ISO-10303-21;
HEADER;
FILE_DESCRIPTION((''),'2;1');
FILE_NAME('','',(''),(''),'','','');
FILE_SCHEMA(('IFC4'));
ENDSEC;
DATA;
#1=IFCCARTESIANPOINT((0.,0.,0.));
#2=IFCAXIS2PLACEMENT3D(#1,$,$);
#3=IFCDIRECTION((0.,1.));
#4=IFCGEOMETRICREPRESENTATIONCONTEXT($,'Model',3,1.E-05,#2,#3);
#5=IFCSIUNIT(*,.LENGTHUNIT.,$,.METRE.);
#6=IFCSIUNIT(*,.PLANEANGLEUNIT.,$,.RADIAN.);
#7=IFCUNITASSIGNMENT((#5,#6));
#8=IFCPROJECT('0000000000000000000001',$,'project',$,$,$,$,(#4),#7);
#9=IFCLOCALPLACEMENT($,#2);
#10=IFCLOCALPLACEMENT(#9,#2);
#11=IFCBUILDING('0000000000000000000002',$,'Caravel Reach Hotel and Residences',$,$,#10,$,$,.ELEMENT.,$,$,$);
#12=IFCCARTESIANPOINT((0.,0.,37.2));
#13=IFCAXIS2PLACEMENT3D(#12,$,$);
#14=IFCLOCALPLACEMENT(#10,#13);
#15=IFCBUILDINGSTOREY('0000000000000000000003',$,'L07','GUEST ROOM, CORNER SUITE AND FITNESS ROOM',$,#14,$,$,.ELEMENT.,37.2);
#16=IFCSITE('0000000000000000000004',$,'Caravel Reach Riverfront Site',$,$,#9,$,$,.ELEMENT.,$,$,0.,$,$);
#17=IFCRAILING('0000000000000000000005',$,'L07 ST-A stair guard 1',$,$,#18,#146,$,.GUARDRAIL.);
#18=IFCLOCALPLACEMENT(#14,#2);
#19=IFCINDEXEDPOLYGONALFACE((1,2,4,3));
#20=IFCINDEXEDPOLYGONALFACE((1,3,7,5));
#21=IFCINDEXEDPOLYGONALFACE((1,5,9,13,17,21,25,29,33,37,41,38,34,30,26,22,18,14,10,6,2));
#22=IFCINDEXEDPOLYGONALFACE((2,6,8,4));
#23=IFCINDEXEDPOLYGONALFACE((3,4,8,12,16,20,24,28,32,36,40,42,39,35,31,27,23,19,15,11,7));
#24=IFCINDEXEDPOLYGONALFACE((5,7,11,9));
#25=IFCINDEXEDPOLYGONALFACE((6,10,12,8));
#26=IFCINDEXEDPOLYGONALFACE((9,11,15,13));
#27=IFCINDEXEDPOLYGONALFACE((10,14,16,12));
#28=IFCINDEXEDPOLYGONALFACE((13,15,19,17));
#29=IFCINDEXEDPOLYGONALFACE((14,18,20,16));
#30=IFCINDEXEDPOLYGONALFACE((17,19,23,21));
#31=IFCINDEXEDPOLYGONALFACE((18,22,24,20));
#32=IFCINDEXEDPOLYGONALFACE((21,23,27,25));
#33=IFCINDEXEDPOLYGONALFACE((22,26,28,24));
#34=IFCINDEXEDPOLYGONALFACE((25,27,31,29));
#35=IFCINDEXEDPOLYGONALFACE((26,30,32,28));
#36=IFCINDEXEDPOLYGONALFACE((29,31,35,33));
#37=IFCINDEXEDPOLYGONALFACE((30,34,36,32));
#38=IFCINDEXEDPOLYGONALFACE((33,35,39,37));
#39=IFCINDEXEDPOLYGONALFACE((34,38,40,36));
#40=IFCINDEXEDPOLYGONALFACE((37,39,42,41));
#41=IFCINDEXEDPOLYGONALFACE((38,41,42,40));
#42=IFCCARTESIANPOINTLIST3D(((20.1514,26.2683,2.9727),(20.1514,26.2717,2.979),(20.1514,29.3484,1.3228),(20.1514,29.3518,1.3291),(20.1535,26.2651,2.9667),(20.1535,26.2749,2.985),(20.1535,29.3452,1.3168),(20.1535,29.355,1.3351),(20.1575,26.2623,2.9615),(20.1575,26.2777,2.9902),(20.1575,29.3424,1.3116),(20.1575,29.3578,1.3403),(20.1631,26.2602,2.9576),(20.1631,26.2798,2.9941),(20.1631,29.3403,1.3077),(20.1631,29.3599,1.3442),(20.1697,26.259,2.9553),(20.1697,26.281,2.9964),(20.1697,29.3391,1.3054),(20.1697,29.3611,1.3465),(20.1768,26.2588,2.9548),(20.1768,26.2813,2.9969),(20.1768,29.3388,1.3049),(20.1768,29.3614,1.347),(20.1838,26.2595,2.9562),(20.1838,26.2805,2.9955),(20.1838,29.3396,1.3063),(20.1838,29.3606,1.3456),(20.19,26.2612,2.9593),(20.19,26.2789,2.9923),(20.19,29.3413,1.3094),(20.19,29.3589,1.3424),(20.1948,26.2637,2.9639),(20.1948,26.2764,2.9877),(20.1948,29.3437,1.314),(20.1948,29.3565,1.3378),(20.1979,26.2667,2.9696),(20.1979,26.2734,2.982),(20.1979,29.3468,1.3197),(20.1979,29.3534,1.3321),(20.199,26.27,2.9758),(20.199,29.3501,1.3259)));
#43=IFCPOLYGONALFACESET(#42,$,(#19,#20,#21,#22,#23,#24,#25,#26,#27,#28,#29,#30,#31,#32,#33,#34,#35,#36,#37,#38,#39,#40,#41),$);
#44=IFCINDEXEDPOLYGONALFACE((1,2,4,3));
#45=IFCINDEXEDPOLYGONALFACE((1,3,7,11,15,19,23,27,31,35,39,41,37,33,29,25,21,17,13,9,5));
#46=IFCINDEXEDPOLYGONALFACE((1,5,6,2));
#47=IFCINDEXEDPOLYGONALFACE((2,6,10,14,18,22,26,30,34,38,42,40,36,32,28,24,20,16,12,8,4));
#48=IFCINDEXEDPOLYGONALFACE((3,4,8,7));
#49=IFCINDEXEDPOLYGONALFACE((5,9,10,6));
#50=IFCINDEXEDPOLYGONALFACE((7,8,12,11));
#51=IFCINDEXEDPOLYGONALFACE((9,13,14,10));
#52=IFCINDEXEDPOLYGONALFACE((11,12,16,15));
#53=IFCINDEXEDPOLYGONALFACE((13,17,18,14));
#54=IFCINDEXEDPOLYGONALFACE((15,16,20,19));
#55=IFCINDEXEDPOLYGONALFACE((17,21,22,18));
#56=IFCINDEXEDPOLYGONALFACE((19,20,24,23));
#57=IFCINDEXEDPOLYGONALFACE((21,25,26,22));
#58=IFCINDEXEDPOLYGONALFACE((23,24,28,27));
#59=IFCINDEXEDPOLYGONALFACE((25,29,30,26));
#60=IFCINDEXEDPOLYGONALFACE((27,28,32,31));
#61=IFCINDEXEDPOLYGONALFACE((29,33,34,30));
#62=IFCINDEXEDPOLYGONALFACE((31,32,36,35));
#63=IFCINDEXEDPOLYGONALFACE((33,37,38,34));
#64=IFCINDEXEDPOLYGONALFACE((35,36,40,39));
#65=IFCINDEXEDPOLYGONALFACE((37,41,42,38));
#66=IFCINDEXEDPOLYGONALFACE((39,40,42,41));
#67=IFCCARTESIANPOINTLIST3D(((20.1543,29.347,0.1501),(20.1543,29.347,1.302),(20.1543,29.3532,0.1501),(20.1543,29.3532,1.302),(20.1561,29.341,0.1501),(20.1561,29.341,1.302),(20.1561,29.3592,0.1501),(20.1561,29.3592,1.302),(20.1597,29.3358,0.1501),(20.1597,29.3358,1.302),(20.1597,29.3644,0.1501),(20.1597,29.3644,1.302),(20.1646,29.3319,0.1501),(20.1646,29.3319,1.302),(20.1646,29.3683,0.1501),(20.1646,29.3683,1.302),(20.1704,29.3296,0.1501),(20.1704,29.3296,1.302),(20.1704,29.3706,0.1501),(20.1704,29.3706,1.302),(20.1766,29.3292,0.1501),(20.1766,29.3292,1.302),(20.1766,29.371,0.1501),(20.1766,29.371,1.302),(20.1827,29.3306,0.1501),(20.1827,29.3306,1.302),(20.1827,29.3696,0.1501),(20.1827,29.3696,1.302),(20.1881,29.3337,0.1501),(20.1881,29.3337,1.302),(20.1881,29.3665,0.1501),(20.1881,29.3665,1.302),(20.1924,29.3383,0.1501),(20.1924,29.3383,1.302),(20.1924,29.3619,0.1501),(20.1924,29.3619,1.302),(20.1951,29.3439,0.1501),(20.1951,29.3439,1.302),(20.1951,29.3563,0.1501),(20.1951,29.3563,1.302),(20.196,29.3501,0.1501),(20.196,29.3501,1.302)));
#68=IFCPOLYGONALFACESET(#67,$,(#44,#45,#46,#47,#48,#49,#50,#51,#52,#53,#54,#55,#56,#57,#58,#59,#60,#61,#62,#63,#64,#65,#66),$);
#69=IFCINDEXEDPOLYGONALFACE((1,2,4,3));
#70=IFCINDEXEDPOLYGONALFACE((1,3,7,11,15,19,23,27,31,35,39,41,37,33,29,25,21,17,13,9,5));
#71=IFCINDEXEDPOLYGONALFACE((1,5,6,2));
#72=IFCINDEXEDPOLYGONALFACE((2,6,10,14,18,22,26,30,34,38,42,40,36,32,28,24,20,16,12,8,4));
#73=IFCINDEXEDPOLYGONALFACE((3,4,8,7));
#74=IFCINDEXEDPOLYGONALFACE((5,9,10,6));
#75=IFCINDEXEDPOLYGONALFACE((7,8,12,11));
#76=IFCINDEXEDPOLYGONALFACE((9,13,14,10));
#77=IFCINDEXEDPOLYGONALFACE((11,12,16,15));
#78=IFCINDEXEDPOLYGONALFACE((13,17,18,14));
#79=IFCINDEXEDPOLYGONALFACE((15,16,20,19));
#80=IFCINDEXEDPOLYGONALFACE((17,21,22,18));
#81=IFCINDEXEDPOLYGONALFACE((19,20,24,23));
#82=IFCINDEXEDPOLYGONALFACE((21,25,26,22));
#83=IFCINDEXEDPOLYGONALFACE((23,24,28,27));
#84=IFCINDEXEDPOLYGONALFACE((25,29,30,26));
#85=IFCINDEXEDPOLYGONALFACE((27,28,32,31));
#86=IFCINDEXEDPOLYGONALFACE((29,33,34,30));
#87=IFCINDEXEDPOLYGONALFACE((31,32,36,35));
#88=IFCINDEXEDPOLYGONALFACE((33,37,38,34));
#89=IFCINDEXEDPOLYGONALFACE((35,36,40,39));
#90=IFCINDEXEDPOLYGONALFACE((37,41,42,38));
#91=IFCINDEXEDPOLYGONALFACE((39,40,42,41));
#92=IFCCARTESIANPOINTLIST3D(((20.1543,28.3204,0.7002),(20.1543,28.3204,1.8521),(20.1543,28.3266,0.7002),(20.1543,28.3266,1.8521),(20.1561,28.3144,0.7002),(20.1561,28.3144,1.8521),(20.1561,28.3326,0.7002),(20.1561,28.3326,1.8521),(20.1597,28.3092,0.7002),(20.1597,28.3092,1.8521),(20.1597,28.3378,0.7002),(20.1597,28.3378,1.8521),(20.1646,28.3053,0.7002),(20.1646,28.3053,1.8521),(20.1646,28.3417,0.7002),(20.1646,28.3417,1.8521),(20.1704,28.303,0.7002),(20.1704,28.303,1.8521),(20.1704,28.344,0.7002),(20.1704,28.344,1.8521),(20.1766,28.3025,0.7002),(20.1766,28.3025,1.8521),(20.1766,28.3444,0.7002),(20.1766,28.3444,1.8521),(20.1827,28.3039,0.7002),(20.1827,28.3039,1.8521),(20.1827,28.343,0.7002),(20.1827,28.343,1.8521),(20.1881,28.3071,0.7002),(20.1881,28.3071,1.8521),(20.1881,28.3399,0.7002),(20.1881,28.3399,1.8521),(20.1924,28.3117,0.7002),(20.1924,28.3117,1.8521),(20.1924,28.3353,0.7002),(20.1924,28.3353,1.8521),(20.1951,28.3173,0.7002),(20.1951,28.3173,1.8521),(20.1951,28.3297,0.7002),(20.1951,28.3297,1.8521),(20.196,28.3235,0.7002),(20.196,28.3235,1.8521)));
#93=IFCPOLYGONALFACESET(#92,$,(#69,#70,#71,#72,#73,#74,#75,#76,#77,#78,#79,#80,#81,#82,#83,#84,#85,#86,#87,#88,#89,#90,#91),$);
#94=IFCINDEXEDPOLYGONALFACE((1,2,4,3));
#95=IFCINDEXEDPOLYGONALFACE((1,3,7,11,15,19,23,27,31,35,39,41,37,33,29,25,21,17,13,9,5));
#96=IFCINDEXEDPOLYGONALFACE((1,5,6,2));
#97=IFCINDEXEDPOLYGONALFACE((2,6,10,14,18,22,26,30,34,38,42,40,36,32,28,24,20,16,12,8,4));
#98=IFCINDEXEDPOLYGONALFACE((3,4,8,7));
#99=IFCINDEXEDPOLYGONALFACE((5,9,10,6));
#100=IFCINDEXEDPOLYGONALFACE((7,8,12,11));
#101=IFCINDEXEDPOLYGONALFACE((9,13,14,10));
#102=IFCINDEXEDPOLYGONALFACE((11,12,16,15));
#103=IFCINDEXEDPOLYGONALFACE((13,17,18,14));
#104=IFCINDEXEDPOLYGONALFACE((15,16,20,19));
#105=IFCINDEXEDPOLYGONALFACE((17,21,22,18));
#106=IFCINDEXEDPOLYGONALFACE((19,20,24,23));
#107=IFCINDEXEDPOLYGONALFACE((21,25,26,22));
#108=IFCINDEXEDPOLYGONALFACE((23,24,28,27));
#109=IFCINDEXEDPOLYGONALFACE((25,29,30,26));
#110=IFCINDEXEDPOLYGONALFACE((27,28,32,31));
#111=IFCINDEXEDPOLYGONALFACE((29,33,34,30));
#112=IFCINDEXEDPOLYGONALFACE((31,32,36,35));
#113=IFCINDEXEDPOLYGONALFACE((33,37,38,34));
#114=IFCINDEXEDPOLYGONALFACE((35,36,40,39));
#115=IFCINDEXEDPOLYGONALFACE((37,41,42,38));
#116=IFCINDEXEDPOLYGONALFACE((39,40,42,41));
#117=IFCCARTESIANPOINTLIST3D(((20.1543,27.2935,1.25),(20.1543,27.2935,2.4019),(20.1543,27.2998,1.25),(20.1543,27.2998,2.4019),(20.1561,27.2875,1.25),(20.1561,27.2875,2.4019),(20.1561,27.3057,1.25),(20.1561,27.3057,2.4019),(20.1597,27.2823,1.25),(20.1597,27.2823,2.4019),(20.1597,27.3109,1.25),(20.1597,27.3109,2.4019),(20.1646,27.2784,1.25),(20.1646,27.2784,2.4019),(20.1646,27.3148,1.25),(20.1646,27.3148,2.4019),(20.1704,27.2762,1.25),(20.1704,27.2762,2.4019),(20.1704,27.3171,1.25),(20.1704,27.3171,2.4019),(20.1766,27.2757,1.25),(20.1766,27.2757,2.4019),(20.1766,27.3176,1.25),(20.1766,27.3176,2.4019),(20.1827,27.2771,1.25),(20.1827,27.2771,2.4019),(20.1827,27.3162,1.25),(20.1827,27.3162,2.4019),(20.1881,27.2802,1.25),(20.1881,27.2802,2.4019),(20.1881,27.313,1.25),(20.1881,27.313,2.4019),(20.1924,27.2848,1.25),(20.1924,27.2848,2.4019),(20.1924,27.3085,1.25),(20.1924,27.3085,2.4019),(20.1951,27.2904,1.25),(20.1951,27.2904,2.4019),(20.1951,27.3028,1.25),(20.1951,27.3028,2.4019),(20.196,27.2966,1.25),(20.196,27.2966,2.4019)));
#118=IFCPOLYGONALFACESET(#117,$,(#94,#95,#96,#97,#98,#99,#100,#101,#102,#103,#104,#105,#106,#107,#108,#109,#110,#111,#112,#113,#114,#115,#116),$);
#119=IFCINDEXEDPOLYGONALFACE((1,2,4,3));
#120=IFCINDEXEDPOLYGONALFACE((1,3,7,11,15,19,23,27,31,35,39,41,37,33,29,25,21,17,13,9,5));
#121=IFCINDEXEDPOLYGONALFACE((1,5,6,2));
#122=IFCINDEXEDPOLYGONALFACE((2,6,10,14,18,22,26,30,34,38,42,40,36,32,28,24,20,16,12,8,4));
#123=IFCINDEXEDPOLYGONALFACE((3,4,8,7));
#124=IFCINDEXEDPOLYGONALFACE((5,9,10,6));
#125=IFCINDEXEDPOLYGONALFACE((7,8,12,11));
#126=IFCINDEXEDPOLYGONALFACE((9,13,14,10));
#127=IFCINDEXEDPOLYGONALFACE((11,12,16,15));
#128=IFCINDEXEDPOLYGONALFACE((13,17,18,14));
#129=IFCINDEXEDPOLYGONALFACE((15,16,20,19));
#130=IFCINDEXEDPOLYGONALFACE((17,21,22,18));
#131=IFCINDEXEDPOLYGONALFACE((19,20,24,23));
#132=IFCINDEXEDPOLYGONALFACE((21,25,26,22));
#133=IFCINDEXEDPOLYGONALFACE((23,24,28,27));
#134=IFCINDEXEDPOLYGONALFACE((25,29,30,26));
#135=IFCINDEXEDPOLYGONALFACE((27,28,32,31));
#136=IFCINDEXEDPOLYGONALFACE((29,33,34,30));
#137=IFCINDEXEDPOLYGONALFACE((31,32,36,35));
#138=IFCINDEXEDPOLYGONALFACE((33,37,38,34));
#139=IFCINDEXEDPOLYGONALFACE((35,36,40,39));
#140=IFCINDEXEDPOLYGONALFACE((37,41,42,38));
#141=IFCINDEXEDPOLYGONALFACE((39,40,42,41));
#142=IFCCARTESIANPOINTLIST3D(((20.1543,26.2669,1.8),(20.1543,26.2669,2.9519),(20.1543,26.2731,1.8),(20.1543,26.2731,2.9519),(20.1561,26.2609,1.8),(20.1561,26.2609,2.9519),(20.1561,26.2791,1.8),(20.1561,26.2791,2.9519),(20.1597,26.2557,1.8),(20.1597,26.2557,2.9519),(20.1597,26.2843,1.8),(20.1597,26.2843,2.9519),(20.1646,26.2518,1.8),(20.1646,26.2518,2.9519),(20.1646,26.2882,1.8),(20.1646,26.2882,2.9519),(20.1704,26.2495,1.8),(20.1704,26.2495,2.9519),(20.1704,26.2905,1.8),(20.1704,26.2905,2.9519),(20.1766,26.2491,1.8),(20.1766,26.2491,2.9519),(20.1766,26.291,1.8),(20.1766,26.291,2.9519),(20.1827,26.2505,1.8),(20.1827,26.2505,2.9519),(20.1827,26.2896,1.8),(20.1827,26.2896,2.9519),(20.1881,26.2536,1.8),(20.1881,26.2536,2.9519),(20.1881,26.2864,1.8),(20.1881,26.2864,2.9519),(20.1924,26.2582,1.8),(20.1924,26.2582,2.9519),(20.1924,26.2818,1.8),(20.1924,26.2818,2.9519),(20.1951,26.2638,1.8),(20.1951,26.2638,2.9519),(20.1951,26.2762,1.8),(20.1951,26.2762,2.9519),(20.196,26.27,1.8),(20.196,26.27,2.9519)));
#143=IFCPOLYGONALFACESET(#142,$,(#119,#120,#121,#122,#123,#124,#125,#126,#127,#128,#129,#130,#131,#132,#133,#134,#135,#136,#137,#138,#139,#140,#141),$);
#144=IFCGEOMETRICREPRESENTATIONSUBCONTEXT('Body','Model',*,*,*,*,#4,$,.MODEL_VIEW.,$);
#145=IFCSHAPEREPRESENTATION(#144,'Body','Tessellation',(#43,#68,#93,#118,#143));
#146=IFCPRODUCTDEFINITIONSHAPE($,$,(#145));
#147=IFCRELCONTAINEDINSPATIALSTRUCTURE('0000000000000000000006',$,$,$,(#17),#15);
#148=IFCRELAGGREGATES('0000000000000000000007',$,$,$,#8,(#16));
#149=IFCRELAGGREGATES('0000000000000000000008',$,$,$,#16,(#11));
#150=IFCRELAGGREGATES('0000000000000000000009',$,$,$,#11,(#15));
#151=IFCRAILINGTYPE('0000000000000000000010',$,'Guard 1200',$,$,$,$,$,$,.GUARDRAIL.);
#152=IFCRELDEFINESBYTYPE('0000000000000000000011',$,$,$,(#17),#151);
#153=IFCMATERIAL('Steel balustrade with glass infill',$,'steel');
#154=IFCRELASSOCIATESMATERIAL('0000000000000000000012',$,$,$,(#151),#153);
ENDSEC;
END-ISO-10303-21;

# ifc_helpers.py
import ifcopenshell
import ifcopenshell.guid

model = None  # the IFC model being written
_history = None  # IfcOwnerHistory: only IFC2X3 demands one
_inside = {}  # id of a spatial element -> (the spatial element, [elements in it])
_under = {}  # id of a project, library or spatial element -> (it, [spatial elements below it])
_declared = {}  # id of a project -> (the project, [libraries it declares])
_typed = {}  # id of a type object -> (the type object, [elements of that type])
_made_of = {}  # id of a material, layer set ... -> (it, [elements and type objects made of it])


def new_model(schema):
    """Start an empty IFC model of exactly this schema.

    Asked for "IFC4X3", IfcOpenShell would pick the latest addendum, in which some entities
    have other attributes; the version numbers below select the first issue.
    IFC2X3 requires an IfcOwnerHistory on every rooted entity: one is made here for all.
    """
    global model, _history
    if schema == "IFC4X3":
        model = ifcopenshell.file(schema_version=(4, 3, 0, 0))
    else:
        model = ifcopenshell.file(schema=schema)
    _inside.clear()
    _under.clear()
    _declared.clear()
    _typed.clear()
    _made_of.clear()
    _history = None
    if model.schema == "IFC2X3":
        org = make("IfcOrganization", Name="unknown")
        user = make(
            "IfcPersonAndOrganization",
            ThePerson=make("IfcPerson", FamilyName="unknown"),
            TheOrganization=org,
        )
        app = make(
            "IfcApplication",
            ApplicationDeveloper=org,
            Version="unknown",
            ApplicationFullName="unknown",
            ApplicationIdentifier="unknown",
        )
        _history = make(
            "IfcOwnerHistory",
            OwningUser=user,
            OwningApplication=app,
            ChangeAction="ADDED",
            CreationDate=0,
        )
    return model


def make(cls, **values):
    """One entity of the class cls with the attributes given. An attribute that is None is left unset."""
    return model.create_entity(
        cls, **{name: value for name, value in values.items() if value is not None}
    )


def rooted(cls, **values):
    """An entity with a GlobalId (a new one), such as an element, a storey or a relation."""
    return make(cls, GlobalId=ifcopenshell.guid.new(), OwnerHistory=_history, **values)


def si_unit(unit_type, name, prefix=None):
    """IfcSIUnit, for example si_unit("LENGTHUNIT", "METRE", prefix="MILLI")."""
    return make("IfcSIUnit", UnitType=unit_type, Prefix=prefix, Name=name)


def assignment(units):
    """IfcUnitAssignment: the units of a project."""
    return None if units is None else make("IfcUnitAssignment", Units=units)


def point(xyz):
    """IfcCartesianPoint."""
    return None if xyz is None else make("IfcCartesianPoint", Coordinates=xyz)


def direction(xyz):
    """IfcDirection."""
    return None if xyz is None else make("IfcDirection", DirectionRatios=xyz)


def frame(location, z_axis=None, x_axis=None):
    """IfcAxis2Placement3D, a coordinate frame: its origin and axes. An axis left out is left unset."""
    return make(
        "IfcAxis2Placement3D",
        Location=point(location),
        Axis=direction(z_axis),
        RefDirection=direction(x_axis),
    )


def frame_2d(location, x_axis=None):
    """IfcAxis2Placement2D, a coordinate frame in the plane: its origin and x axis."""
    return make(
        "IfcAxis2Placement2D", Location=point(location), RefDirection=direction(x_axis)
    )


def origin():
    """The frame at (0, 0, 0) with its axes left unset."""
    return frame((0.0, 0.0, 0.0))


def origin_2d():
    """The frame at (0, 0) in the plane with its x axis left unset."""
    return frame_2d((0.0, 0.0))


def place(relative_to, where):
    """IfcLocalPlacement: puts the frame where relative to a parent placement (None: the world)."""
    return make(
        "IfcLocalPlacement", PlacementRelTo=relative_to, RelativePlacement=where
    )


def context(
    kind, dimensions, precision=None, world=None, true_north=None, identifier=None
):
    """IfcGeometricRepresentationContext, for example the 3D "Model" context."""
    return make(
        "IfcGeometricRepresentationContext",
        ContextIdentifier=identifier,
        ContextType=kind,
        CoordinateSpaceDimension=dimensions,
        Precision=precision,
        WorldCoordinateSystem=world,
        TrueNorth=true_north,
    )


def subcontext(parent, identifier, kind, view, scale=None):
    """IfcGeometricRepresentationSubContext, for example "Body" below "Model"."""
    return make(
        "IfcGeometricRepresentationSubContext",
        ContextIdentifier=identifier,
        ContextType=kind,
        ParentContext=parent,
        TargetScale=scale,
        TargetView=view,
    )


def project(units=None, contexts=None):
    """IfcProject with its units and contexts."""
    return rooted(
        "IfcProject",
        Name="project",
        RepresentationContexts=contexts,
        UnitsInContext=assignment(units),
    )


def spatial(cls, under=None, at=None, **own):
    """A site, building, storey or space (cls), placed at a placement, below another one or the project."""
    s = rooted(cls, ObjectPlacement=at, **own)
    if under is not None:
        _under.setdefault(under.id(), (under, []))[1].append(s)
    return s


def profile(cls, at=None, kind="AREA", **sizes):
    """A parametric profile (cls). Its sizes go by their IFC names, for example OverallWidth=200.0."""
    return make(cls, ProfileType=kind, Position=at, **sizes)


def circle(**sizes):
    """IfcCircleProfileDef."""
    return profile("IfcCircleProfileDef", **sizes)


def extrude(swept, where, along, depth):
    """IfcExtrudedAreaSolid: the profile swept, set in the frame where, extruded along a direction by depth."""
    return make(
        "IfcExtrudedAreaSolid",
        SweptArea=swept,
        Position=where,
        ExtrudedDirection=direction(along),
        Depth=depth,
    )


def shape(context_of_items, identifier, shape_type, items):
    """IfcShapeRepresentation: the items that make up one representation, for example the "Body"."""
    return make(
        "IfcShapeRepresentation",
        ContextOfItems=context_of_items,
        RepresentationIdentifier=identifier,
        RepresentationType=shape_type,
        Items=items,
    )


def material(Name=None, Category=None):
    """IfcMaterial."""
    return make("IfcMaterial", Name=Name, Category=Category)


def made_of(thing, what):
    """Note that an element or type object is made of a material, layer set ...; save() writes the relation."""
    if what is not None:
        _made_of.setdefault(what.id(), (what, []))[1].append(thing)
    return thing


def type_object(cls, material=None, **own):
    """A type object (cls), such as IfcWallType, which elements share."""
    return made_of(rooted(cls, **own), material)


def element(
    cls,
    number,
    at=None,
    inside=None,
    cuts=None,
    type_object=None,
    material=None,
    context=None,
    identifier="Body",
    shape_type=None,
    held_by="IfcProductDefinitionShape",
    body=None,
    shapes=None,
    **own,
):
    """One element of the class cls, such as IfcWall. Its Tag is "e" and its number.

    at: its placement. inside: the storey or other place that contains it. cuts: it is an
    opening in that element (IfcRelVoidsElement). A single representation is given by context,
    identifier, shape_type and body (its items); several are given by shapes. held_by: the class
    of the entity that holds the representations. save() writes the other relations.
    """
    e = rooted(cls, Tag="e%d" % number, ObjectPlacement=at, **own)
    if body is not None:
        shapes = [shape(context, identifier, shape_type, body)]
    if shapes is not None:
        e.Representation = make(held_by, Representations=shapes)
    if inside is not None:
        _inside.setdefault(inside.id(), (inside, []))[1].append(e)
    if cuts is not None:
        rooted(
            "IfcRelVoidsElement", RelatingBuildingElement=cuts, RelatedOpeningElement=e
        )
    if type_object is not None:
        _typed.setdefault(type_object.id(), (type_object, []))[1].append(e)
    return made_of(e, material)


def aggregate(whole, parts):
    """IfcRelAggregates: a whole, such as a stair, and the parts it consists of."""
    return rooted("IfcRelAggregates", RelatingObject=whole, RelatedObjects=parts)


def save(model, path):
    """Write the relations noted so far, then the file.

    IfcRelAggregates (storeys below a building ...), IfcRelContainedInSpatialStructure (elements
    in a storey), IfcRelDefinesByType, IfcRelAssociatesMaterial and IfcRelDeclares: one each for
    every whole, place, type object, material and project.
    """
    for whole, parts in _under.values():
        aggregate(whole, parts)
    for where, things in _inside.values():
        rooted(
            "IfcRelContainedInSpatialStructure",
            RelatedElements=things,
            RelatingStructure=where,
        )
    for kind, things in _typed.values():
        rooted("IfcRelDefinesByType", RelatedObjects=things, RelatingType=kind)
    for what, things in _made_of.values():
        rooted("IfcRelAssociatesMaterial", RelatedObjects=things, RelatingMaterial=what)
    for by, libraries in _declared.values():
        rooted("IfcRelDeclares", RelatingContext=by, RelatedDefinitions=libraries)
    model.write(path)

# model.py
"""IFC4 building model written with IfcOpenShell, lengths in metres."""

from ifc_helpers import new_model, si_unit, direction, frame, origin, origin_2d, place, context, subcontext, project, spatial, circle, extrude, material, type_object, element, save


model = new_model("IFC4")

# Units and contexts
model_context = context("Model", 3, precision=1e-05, world=origin(), true_north=direction((0.0, 1.0)))
body_context = subcontext(model_context, "Body", "Model", "MODEL_VIEW")
ifc_project = project(units=[si_unit("LENGTHUNIT", "METRE"), si_unit("PLANEANGLEUNIT", "RADIAN")], contexts=[model_context])

# Site, building, storey
site_placement = place(None, origin())
site = spatial("IfcSite", under=ifc_project, at=site_placement, Name="Caravel Reach Riverfront Site", CompositionType="ELEMENT", RefElevation=0.0)
building_placement = place(site_placement, origin())
building = spatial("IfcBuilding", under=site, at=building_placement, Name="Caravel Reach Hotel and Residences", CompositionType="ELEMENT")
storey_placement = place(building_placement, frame((0.0, 0.0, 37.2)))
storey = spatial("IfcBuildingStorey", under=building, at=storey_placement, Name="L07", Description="GUEST ROOM, CORNER SUITE AND FITNESS ROOM", CompositionType="ELEMENT", Elevation=37.2)

# Railing
ifc_material_1 = material(Name="Steel balustrade with glass infill", Category="steel")
railing_type_1 = type_object("IfcRailingType", Name="Guard 1200", PredefinedType="GUARDRAIL", material=ifc_material_1)
railing_1_placement = place(storey_placement, frame((20.175, 29.3501, 0.1501)))
element("IfcRailing", 1, at=railing_1_placement, inside=storey, type_object=railing_type_1, Name="L07 ST-A stair guard 1", PredefinedType="GUARDRAIL", context=body_context, shape_type="SweptSolid", body=[
    extrude(circle(Radius=0.0239, at=origin_2d()), frame((0.0, 0.0, 1.1758), z_axis=(0.0, -0.881497, 0.47219), x_axis=(1.0, 0.0, 0.0)), (0.0, 0.0, 1.0), 3.4941),
    extrude(circle(Radius=0.021, at=origin_2d()), origin(), (0.0, 0.0, 1.0), 1.1519),
    extrude(circle(Radius=0.021, at=origin_2d()), frame((0.0, -1.0266, 0.55)), (0.0, 0.0, 1.0), 1.1519),
    extrude(circle(Radius=0.021, at=origin_2d()), frame((0.0, -2.0535, 1.0999)), (0.0, 0.0, 1.0), 1.1519),
    extrude(circle(Radius=0.021, at=origin_2d()), frame((0.0, -3.0801, 1.6499)), (0.0, 0.0, 1.0), 1.1519),
])

save(model, "model.ifc")
